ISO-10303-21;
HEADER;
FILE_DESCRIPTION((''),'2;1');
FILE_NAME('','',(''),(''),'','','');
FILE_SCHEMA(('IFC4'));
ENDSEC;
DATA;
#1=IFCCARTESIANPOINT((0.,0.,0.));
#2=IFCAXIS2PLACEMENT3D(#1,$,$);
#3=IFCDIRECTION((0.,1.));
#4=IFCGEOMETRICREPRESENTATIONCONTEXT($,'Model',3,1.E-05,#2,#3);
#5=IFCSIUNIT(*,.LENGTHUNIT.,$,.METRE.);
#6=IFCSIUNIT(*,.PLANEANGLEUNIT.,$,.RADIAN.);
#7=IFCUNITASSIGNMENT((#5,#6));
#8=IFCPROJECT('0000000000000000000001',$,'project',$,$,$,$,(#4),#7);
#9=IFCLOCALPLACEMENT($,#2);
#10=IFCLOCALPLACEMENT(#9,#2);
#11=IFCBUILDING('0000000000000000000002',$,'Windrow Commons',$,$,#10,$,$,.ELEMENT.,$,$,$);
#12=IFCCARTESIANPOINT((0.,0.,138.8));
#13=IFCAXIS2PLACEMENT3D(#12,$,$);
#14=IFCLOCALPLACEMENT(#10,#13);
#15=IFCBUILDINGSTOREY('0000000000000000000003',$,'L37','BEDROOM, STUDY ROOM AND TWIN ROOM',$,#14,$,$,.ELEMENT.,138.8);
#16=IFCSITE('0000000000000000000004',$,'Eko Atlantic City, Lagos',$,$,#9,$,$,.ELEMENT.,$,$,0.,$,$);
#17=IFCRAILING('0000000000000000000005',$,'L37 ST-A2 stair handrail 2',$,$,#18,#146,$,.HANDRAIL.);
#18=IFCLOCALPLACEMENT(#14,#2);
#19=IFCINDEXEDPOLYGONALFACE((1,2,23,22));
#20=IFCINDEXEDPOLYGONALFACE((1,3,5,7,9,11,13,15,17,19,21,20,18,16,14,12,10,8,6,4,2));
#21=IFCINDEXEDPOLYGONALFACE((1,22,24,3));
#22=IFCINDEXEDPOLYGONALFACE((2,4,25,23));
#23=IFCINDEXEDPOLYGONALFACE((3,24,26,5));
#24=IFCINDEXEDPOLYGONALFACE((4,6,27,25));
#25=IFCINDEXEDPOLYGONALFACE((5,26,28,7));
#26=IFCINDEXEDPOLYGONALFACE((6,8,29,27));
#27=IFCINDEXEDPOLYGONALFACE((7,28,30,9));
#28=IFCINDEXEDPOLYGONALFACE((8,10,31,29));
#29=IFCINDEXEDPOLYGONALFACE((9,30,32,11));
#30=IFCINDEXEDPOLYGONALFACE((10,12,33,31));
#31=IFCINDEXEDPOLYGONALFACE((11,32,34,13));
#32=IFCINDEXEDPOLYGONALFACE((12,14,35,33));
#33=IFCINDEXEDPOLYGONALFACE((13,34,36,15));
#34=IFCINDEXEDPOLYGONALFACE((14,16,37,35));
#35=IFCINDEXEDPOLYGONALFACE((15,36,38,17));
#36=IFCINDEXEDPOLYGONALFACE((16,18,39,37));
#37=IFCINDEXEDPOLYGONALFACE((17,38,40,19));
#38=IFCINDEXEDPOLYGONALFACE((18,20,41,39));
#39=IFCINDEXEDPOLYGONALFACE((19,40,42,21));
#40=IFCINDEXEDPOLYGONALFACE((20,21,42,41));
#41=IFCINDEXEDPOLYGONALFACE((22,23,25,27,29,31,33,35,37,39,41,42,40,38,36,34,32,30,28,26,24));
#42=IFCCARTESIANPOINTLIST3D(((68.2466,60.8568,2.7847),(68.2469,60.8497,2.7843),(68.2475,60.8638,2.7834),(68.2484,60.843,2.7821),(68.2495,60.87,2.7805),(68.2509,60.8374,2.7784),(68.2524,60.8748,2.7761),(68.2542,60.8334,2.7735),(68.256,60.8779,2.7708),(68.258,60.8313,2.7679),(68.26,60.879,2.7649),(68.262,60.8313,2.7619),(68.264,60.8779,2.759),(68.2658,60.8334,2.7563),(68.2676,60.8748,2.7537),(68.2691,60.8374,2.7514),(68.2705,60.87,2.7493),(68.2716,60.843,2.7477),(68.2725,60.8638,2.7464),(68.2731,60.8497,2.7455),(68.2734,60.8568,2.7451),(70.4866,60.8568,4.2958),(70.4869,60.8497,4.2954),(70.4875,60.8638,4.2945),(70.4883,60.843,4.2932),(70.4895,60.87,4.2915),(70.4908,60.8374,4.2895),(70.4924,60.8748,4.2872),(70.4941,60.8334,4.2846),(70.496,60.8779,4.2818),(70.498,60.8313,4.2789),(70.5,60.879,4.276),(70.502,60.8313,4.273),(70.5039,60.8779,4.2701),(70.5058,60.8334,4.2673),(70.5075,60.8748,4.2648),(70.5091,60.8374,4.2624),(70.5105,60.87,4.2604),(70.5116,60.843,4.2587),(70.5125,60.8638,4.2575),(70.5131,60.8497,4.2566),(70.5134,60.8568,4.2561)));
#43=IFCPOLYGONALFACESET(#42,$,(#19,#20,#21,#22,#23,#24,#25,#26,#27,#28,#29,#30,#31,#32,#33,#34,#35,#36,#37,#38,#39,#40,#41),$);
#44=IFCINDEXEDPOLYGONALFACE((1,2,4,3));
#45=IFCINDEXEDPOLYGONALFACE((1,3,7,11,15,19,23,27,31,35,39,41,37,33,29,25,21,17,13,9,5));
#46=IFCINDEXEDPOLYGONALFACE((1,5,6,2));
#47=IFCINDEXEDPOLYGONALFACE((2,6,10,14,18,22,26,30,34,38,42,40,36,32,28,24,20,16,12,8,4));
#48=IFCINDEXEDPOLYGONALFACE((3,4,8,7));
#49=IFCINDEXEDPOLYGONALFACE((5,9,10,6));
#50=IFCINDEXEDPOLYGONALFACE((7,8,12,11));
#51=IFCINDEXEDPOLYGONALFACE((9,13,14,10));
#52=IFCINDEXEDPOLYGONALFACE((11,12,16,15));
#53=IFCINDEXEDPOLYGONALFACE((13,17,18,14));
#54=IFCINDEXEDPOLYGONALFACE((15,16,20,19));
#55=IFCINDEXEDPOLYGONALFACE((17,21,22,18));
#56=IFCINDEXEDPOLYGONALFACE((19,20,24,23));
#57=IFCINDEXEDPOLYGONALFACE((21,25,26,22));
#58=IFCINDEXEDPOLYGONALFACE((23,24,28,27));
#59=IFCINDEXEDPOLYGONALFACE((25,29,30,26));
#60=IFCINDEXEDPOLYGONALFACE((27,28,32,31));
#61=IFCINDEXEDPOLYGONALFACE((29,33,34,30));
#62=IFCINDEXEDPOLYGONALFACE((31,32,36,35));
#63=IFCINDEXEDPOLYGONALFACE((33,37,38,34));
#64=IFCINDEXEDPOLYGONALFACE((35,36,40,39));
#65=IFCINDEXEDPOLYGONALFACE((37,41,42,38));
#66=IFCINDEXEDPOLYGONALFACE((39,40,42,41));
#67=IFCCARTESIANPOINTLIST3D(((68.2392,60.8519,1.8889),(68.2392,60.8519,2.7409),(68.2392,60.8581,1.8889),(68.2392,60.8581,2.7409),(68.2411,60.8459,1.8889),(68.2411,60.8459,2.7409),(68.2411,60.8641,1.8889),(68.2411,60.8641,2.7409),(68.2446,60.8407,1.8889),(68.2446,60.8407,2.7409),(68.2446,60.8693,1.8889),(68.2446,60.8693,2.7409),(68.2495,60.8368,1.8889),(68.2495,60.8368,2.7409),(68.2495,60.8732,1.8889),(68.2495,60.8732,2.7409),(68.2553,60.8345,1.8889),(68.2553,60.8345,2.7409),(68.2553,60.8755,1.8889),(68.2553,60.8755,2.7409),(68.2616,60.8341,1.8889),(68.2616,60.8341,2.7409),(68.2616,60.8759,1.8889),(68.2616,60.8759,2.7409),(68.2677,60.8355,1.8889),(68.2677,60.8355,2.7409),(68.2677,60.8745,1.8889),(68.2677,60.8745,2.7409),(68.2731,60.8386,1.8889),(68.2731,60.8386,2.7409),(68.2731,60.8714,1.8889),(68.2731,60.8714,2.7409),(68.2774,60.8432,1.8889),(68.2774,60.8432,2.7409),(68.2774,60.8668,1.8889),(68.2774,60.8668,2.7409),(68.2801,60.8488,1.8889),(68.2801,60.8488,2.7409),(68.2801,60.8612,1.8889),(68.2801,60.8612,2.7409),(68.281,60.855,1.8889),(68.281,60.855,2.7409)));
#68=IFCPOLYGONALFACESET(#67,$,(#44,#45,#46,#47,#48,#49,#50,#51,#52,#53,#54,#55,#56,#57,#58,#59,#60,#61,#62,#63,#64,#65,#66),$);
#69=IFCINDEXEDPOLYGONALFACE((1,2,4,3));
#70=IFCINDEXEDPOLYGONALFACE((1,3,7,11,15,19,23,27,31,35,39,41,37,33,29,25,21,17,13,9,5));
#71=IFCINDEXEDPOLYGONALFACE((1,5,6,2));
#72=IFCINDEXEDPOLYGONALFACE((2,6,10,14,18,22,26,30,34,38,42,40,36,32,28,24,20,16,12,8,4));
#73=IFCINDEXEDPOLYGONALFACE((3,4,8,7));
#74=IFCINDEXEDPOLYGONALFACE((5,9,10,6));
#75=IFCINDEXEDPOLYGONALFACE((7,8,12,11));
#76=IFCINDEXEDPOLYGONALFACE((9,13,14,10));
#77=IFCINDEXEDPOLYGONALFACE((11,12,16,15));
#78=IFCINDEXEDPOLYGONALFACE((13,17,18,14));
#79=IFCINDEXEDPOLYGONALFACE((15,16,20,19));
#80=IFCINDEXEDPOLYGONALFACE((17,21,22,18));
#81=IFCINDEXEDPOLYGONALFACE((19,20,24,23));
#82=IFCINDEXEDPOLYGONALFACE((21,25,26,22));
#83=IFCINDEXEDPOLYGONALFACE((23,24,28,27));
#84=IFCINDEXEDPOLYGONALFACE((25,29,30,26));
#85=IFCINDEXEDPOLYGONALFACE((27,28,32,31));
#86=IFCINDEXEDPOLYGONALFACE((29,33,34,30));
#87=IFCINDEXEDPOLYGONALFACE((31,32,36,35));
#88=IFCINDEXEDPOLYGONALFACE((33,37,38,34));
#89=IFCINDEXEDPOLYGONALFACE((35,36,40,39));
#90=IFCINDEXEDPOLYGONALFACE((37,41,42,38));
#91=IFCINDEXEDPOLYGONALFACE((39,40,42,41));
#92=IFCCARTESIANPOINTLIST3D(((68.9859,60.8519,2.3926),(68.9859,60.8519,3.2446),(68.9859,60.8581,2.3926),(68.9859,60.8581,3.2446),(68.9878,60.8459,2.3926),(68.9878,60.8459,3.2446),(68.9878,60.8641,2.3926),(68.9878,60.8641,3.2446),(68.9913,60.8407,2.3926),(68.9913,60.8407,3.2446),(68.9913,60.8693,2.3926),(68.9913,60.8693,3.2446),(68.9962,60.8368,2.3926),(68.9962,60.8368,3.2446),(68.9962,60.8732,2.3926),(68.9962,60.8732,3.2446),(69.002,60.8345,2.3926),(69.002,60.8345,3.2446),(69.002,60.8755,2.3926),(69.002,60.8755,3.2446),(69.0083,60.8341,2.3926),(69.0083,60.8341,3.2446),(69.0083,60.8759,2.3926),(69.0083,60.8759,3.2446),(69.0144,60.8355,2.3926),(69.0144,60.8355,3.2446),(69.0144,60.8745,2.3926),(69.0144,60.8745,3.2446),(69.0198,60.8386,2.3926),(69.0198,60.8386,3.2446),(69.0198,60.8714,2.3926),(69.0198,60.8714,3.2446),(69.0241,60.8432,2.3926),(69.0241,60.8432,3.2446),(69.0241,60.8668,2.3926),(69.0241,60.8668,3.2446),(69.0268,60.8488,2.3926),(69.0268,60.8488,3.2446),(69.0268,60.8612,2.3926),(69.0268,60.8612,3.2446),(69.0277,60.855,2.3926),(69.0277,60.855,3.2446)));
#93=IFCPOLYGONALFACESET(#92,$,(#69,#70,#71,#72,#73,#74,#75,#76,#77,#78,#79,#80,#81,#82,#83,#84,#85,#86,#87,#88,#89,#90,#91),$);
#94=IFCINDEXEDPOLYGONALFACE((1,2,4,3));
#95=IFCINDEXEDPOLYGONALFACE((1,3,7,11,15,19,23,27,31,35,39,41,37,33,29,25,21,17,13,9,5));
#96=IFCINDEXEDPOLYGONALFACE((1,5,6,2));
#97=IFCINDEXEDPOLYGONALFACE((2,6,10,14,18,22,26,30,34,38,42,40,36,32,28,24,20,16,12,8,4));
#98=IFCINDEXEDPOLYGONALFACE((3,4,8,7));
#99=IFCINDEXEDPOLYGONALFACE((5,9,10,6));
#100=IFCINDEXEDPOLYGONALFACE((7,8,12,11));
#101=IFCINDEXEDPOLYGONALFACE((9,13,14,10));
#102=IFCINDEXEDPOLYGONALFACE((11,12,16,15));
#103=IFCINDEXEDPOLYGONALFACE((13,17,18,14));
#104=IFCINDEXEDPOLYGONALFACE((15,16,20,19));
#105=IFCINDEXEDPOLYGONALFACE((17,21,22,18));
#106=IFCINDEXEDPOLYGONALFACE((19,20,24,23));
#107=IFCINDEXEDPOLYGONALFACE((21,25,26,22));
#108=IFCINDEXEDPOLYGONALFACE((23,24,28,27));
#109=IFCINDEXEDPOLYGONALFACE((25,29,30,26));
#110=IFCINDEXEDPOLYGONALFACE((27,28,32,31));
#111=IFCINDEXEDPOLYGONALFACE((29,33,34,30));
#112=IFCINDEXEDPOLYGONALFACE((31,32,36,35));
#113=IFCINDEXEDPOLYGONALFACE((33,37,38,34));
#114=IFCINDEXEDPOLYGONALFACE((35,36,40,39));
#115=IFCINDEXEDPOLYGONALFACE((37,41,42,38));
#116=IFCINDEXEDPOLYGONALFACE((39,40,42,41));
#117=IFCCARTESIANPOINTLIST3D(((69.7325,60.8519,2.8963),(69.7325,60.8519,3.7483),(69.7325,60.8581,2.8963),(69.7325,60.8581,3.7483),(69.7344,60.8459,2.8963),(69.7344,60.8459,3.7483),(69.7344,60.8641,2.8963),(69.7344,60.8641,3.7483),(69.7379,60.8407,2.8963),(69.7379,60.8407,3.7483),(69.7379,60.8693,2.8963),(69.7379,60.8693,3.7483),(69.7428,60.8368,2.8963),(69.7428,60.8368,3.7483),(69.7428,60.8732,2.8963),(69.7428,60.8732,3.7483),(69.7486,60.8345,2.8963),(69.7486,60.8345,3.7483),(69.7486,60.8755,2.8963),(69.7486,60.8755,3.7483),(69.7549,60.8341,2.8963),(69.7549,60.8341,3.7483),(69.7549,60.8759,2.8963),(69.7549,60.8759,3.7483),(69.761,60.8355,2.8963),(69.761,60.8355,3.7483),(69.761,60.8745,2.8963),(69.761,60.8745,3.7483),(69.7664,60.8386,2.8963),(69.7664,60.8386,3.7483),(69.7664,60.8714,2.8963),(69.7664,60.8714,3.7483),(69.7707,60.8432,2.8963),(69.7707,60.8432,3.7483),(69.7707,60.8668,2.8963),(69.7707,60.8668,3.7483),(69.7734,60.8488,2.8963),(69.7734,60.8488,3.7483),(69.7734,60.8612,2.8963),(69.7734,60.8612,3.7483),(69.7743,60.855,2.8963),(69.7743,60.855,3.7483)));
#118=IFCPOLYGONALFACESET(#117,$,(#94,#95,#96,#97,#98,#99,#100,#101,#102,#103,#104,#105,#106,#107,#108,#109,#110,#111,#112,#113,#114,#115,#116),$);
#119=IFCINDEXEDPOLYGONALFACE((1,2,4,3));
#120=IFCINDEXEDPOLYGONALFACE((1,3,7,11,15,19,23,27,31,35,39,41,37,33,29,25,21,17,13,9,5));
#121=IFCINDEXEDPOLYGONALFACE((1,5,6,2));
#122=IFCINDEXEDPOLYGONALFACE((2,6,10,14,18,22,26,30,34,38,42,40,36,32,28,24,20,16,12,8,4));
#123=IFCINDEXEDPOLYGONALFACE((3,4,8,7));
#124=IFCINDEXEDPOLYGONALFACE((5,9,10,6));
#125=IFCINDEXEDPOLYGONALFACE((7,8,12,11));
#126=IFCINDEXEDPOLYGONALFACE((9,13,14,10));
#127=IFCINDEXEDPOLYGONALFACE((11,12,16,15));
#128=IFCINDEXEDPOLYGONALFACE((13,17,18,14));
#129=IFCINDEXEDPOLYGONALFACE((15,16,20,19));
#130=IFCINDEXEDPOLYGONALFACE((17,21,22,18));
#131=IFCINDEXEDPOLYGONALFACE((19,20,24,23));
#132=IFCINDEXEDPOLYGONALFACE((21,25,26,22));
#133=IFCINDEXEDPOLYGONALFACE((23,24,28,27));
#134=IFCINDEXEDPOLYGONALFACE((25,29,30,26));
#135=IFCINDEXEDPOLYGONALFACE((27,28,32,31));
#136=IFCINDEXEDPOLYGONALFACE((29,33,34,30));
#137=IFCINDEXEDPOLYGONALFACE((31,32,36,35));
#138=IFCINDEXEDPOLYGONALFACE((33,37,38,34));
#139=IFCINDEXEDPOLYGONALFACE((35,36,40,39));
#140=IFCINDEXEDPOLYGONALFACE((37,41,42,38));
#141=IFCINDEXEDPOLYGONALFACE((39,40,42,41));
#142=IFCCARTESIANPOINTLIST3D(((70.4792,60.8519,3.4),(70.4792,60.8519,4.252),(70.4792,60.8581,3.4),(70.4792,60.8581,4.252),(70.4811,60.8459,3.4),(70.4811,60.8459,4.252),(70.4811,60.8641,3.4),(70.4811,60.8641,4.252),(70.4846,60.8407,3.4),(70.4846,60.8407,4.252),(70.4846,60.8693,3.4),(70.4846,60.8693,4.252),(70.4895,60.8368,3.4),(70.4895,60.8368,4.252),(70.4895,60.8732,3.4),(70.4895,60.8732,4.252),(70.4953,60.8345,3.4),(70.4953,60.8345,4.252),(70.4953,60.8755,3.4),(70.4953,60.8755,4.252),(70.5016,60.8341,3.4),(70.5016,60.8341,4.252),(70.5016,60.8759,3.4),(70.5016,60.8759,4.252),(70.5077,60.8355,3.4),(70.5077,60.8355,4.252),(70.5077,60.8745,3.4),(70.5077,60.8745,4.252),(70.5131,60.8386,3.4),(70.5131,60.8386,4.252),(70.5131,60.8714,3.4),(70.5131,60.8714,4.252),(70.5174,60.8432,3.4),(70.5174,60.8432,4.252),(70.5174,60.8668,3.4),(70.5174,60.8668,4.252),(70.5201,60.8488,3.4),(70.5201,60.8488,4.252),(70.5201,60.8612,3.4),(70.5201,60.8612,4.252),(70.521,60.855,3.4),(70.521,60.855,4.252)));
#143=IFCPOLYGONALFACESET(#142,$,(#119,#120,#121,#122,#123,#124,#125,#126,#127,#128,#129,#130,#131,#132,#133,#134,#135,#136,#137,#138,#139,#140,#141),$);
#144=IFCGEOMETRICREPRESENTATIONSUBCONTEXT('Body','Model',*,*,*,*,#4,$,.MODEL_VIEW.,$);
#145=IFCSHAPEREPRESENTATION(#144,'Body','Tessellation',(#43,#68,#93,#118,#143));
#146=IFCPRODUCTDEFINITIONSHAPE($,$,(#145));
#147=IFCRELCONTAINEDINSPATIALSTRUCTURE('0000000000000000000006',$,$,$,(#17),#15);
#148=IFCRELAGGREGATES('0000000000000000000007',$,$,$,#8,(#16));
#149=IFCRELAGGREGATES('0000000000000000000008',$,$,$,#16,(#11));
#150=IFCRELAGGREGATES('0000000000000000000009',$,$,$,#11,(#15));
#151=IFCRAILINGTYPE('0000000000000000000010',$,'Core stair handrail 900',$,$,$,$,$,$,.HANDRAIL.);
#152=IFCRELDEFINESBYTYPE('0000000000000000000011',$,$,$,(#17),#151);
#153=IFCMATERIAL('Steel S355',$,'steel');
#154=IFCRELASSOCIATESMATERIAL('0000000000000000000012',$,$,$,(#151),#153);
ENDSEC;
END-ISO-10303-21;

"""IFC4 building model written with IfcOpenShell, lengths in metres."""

from ifc_helpers import new_model, si_unit, direction, frame, origin, origin_2d, place, context, subcontext, project, spatial, circle, extrude, material, type_object, element, save


model = new_model("IFC4")

# Units and contexts
model_context = context("Model", 3, precision=1e-05, world=origin(), true_north=direction((0.0, 1.0)))
body_context = subcontext(model_context, "Body", "Model", "MODEL_VIEW")
ifc_project = project(units=[si_unit("LENGTHUNIT", "METRE"), si_unit("PLANEANGLEUNIT", "RADIAN")], contexts=[model_context])

# Site, building, storey
site_placement = place(None, origin())
site = spatial("IfcSite", under=ifc_project, at=site_placement, Name="Eko Atlantic City, Lagos", CompositionType="ELEMENT", RefElevation=0.0)
building_placement = place(site_placement, origin())
building = spatial("IfcBuilding", under=site, at=building_placement, Name="Windrow Commons", CompositionType="ELEMENT")
storey_placement = place(building_placement, frame((0.0, 0.0, 138.8)))
storey = spatial("IfcBuildingStorey", under=building, at=storey_placement, Name="L37", Description="BEDROOM, STUDY ROOM AND TWIN ROOM", CompositionType="ELEMENT", Elevation=138.8)

# Railing
ifc_material_1 = material(Name="Steel S355", Category="steel")
railing_type_1 = type_object("IfcRailingType", Name="Core stair handrail 900", PredefinedType="HANDRAIL", material=ifc_material_1)
railing_1_placement = place(storey_placement, frame((68.26, 60.855, 1.8889)))
element("IfcRailing", 1, at=railing_1_placement, inside=storey, type_object=railing_type_1, Name="L37 ST-A2 stair handrail 2", PredefinedType="HANDRAIL", context=body_context, shape_type="SweptSolid", body=[
    extrude(circle(Radius=0.024, at=origin_2d()), frame((0.0, 0.0, 0.876), z_axis=(0.829003, 0.0, 0.559244), x_axis=(0.0, 1.0, 0.0)), (0.0, 0.0, 1.0), 2.702),
    extrude(circle(Radius=0.021, at=origin_2d()), origin(), (0.0, 0.0, 1.0), 0.852),
    extrude(circle(Radius=0.021, at=origin_2d()), frame((0.7467, 0.0, 0.5037)), (0.0, 0.0, 1.0), 0.852),
    extrude(circle(Radius=0.021, at=origin_2d()), frame((1.4933, 0.0, 1.0074)), (0.0, 0.0, 1.0), 0.852),
    extrude(circle(Radius=0.021, at=origin_2d()), frame((2.24, 0.0, 1.5111)), (0.0, 0.0, 1.0), 0.852),
])

save(model, "model.ifc")
